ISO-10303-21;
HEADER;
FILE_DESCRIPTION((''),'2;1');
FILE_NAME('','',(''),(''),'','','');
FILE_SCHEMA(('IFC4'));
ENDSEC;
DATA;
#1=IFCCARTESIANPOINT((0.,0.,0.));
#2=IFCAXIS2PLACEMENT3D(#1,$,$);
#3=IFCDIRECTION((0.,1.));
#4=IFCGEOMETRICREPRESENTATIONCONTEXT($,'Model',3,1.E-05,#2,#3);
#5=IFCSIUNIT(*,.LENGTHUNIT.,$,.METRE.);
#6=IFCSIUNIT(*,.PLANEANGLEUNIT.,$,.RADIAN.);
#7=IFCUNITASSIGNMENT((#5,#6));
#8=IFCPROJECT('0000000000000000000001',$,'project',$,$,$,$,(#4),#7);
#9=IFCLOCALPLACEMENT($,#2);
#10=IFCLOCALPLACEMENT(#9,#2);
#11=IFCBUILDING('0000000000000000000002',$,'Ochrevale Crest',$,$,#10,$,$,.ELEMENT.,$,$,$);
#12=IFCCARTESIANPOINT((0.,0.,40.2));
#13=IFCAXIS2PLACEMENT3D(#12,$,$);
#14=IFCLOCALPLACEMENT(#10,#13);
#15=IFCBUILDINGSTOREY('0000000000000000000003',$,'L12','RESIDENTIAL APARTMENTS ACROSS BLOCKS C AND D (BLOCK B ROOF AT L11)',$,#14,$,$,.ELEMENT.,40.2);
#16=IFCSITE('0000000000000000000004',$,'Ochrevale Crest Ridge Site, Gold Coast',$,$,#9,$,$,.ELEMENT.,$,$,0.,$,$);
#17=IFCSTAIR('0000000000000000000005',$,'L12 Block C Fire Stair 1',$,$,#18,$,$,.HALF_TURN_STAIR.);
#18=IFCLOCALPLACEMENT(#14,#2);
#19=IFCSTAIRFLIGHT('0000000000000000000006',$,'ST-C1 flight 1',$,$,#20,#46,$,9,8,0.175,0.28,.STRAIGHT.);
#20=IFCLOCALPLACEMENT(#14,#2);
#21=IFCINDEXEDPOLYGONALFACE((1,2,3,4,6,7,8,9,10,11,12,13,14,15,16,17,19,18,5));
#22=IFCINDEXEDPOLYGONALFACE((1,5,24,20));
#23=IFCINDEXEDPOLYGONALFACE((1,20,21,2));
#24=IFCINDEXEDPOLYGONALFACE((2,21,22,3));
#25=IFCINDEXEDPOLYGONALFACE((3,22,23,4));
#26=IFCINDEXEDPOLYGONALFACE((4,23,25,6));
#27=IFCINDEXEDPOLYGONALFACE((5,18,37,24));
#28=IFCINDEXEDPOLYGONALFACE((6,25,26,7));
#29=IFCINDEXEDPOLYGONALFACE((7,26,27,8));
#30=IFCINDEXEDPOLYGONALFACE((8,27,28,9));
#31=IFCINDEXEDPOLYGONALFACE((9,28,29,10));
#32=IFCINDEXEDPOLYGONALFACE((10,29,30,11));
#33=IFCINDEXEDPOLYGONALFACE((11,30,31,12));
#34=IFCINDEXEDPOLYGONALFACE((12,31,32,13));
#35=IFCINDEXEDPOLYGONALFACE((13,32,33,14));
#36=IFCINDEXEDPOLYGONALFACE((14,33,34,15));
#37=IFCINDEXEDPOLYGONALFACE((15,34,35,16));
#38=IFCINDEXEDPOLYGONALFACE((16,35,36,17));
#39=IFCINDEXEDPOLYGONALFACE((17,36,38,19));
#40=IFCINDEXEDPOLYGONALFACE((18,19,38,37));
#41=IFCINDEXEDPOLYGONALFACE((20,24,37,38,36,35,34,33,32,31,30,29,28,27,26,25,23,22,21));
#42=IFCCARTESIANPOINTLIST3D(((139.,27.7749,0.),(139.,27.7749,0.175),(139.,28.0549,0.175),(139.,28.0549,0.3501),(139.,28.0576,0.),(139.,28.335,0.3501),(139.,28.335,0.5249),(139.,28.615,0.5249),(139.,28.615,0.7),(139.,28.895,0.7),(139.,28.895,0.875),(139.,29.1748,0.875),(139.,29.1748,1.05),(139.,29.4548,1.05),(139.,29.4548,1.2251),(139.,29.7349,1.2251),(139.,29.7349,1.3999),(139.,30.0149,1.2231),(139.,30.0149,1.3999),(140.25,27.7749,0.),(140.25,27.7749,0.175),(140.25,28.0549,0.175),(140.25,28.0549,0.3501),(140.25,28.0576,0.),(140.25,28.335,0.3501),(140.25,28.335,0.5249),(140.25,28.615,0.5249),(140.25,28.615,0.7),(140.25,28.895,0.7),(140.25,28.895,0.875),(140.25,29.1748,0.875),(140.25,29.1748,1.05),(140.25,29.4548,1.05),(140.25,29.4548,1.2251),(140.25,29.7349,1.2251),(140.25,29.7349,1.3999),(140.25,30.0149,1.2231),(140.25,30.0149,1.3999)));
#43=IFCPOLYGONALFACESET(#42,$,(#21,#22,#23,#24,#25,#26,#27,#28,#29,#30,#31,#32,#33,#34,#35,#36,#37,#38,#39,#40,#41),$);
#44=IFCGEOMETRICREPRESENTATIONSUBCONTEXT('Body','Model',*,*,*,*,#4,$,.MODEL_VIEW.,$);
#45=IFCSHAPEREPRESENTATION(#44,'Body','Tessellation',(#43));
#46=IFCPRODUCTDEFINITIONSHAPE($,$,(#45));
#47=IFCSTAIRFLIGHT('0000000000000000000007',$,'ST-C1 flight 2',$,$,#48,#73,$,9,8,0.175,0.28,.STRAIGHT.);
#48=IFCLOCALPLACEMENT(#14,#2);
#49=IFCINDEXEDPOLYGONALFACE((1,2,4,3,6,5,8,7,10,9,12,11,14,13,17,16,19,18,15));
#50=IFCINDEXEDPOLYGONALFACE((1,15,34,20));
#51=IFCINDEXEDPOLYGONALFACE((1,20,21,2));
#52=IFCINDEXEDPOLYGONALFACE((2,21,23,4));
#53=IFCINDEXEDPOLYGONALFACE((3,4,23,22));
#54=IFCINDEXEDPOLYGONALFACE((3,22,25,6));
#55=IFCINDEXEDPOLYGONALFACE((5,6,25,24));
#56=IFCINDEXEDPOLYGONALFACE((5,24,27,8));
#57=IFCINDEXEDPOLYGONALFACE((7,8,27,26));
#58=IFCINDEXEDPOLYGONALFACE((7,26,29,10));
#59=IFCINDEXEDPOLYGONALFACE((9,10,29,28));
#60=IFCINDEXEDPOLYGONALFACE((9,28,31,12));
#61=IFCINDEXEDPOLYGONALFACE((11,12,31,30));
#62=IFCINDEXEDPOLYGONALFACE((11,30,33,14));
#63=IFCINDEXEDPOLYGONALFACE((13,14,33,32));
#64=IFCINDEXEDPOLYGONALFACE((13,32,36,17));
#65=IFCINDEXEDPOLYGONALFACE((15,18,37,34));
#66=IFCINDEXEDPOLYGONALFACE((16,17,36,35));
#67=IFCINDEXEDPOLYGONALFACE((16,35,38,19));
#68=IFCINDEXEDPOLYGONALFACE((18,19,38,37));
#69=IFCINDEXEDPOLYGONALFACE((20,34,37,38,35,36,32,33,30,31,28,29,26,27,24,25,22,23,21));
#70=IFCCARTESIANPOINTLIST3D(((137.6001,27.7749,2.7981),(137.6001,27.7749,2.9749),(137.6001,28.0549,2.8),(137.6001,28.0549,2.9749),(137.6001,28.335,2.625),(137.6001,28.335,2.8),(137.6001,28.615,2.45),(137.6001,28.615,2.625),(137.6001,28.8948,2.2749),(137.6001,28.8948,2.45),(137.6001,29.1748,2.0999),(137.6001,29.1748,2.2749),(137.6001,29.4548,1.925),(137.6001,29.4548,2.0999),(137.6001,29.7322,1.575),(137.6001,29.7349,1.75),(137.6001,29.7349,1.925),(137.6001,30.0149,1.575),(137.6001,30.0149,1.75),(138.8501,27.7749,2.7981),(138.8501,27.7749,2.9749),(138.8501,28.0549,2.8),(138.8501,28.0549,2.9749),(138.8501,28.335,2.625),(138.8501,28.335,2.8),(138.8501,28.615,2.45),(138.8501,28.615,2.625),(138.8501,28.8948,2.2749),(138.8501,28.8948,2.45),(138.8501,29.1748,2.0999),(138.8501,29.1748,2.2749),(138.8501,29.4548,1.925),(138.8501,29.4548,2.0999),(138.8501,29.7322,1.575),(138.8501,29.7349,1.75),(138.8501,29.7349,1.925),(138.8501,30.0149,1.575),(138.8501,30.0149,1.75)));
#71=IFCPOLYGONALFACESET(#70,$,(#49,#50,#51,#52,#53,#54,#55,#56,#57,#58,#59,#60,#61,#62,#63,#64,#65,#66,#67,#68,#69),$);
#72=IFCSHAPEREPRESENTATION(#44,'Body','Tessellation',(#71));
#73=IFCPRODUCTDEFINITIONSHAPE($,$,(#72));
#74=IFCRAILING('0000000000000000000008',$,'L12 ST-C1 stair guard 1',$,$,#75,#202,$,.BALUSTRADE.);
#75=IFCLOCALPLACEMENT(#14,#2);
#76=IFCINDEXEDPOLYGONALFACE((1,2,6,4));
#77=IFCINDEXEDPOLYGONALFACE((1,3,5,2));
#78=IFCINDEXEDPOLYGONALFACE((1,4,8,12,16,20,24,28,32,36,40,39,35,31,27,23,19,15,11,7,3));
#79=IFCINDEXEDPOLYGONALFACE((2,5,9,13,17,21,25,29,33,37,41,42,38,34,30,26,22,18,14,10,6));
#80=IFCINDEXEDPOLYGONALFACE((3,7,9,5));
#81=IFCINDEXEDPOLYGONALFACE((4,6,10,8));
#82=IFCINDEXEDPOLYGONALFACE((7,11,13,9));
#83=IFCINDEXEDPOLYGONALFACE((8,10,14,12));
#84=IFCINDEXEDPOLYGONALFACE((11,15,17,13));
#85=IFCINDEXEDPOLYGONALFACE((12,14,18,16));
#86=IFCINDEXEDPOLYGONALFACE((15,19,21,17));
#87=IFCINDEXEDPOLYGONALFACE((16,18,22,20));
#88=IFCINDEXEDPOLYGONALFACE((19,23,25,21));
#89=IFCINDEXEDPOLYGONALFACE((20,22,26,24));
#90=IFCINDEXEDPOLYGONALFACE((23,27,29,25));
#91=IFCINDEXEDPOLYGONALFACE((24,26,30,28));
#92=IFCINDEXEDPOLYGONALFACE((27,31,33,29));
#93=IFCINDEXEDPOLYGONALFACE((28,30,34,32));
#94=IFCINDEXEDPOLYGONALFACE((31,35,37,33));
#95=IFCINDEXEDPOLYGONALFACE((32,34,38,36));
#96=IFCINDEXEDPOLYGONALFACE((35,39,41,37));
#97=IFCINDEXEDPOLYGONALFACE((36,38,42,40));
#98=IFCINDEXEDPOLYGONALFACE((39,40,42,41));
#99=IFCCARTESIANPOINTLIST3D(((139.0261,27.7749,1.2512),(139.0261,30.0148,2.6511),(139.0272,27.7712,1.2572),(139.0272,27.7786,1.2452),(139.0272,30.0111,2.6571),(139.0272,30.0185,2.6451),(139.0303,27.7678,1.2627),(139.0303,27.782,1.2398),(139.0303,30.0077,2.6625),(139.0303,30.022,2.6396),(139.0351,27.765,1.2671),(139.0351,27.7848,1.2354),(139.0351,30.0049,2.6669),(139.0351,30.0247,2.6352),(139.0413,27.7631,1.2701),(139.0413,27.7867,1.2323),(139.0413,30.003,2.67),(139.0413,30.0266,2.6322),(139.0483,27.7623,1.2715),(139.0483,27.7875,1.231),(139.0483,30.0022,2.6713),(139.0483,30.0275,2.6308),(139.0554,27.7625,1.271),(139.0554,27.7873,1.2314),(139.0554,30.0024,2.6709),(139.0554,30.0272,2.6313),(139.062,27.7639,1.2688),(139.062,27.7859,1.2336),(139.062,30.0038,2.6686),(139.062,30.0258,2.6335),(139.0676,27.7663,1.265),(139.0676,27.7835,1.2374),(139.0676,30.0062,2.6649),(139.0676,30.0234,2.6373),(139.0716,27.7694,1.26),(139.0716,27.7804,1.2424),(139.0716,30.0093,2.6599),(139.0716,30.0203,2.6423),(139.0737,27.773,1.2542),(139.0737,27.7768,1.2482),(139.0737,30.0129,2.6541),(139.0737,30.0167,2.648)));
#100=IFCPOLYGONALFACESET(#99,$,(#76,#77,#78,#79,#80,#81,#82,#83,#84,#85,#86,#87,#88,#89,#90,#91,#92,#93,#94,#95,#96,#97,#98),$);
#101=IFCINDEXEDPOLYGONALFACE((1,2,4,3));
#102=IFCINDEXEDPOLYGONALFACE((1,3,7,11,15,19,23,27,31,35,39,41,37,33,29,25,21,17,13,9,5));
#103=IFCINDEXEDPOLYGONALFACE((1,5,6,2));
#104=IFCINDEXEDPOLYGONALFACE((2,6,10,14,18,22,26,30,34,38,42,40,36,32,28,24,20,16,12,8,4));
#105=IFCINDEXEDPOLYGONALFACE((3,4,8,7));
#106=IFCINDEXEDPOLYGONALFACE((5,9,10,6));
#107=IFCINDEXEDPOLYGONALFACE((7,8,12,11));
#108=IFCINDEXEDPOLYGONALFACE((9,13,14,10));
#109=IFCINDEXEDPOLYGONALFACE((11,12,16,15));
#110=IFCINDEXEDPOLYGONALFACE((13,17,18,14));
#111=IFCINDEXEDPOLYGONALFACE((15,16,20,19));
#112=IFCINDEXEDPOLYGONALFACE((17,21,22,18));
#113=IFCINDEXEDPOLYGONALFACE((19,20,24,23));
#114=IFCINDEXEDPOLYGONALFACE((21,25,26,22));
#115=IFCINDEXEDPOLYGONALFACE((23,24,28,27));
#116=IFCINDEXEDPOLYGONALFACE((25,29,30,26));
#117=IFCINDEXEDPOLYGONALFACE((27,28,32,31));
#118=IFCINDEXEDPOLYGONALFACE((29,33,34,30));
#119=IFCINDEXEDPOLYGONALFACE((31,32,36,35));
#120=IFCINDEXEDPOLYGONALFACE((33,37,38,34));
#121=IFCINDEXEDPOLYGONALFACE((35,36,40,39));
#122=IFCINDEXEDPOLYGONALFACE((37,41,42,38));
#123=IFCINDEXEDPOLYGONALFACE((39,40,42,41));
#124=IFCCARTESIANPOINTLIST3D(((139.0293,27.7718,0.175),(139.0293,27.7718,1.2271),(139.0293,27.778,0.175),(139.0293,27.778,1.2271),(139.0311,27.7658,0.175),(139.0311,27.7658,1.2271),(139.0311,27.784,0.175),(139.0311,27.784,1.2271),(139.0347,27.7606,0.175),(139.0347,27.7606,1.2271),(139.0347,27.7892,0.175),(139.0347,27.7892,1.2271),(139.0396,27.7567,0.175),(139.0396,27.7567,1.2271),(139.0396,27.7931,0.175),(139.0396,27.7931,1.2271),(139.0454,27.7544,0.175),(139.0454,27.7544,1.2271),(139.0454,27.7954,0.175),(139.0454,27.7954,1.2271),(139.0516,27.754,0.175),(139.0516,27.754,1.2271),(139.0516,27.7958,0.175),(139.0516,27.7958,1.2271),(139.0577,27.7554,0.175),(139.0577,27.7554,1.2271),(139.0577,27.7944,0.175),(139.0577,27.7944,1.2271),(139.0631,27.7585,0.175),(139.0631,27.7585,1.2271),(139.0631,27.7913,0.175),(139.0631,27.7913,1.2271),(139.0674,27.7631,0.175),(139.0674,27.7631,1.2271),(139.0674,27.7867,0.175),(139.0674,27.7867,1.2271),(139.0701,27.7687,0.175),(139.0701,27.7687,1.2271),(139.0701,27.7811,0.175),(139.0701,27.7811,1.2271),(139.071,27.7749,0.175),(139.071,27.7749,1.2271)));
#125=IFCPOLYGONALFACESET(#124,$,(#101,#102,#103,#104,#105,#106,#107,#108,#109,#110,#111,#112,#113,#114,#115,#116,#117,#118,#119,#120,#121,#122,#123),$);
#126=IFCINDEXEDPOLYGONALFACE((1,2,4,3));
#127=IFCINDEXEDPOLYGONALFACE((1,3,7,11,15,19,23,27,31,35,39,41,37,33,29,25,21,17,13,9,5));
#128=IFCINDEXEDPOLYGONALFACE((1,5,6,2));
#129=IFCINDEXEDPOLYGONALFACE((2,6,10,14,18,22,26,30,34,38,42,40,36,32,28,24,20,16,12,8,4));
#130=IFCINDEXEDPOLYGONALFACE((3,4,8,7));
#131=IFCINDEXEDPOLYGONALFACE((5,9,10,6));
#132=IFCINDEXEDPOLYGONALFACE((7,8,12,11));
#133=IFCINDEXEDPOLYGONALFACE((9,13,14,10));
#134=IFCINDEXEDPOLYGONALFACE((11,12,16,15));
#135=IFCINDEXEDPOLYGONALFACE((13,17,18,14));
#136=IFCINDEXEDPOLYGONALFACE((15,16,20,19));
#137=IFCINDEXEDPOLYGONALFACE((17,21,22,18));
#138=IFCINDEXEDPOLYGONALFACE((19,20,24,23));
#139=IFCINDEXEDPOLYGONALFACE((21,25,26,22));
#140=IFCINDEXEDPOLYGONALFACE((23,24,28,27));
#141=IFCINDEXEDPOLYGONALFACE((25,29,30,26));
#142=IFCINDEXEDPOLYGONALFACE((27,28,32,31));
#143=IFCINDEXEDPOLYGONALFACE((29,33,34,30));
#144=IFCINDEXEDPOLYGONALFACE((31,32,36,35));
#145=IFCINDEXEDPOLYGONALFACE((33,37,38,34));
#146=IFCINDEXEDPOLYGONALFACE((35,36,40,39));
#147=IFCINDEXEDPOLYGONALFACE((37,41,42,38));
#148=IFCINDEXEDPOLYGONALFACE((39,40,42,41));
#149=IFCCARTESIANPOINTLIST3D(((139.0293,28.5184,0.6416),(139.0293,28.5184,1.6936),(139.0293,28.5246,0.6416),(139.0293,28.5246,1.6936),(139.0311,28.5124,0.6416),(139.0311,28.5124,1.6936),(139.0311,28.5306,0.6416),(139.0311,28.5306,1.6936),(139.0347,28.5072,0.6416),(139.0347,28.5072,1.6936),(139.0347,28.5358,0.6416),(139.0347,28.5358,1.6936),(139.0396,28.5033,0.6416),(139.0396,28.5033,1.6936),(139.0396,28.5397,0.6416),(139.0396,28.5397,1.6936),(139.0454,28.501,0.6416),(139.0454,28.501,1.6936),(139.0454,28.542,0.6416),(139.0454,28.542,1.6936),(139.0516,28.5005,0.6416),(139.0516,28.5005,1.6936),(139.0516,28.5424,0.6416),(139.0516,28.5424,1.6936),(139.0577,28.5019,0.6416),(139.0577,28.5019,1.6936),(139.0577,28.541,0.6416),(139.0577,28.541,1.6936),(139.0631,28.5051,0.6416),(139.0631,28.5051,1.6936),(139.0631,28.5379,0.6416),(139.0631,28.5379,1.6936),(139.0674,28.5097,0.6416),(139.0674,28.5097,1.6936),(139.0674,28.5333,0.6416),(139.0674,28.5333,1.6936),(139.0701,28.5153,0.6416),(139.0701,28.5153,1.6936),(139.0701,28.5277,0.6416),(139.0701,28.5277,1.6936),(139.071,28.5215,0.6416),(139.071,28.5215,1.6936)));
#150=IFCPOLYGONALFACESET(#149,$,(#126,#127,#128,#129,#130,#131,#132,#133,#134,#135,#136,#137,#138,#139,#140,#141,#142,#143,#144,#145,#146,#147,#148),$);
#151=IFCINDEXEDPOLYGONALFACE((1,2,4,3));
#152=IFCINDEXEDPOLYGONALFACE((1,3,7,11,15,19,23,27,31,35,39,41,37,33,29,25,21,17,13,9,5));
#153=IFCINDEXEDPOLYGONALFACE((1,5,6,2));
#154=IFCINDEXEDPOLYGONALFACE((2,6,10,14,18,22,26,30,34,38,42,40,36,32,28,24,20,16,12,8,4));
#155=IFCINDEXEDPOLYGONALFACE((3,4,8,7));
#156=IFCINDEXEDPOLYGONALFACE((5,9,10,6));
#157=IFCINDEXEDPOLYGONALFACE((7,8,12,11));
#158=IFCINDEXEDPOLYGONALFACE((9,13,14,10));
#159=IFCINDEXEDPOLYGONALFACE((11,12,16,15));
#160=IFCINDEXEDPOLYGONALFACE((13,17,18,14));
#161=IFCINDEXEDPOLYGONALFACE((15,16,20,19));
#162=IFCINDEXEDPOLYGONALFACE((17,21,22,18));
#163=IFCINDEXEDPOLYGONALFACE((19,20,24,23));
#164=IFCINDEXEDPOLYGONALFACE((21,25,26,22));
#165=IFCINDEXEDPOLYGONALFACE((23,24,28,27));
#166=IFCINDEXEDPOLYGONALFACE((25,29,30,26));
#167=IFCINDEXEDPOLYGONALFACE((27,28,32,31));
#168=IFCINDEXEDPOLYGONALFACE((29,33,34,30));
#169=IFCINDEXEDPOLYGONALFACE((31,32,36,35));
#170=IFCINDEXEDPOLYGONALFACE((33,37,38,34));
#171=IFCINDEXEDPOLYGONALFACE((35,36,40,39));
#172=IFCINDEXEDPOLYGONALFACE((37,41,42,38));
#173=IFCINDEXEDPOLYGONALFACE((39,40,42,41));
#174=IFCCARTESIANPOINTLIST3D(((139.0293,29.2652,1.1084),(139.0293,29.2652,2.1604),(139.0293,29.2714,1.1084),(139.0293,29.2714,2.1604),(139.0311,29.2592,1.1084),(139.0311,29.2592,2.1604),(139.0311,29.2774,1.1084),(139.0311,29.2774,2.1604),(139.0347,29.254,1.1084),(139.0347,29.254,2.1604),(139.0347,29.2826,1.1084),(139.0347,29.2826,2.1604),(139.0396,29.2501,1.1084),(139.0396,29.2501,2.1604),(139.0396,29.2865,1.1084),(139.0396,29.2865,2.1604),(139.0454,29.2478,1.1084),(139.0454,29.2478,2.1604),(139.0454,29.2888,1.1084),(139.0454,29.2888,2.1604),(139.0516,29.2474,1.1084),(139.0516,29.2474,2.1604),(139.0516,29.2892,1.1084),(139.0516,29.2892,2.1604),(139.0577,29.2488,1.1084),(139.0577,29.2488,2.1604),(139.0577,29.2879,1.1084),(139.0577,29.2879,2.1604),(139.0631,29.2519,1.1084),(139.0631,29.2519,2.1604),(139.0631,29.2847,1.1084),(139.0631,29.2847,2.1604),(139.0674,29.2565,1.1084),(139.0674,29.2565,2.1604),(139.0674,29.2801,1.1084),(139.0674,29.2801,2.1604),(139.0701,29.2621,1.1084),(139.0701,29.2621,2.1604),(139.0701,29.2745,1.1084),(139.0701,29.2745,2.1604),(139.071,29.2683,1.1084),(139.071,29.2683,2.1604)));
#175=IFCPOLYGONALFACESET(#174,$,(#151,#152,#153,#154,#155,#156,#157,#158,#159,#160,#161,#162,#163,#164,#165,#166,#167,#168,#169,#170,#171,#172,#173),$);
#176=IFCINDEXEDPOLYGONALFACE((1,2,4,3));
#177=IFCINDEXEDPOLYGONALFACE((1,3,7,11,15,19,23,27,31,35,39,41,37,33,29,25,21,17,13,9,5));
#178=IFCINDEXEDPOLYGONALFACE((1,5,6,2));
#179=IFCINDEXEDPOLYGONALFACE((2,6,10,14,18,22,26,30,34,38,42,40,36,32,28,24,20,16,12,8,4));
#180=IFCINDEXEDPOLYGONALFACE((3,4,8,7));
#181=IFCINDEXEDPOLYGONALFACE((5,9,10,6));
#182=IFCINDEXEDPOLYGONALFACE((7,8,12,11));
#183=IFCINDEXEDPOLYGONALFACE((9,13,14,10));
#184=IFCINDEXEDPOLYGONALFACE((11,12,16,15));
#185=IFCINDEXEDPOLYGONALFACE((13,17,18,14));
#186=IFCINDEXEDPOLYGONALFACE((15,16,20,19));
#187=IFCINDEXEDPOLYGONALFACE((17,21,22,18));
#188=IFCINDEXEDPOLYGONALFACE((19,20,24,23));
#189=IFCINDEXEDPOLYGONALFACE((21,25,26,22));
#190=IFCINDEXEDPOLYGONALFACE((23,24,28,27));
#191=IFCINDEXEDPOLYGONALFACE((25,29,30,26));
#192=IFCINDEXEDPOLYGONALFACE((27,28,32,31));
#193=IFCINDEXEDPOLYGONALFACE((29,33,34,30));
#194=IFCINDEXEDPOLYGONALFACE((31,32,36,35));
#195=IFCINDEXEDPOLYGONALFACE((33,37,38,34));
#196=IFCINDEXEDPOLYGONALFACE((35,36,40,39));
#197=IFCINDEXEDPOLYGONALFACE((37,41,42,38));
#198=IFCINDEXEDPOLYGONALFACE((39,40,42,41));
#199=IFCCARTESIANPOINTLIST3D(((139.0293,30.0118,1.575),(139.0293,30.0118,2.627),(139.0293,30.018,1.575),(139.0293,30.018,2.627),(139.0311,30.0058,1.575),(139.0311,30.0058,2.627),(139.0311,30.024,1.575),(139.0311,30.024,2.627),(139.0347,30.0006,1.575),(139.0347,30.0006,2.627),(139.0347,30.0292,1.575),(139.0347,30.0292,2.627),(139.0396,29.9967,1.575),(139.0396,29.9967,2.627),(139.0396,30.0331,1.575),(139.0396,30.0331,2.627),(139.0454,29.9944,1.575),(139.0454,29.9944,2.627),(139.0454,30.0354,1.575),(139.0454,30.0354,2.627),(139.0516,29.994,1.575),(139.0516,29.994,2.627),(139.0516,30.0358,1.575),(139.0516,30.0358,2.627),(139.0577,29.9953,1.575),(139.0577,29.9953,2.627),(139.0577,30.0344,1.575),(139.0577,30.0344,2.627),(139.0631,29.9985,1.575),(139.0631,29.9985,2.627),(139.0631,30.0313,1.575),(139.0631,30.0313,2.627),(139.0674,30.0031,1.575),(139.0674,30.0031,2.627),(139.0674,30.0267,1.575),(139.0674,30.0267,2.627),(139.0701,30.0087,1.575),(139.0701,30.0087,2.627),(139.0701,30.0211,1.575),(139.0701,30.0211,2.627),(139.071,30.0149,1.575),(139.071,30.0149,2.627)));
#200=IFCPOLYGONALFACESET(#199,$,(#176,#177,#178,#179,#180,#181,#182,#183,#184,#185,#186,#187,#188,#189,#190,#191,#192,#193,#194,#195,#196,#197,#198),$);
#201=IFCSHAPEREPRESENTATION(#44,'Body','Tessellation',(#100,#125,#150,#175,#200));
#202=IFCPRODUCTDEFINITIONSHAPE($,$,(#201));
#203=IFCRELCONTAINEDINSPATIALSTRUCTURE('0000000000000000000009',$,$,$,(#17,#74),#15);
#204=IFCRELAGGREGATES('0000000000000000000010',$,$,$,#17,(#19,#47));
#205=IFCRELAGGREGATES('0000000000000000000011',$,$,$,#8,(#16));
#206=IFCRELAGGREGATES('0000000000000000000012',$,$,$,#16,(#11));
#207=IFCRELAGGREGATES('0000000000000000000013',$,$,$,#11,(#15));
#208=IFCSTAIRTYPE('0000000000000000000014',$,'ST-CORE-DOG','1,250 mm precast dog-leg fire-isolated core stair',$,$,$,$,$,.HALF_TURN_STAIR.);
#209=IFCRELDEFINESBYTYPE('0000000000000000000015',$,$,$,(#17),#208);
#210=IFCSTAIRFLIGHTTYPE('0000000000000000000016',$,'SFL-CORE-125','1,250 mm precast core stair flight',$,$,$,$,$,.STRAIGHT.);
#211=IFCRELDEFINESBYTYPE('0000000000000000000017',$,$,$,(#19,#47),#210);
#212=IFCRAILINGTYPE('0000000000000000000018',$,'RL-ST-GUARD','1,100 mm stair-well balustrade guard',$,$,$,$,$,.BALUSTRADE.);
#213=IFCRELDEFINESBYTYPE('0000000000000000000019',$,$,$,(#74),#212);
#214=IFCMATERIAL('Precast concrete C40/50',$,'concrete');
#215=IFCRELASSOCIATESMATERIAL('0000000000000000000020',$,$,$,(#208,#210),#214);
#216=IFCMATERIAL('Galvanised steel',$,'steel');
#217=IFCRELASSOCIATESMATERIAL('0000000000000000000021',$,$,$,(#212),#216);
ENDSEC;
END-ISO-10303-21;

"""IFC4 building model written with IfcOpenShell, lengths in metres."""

from ifc_helpers import new_model, si_unit, direction, frame, origin, origin_2d, place, context, subcontext, project, spatial, polyline, circle, outline, extrude, material, type_object, element, aggregate, save


model = new_model("IFC4")

# Units and contexts
model_context = context("Model", 3, precision=1e-05, world=origin(), true_north=direction((0.0, 1.0)))
body_context = subcontext(model_context, "Body", "Model", "MODEL_VIEW")
ifc_project = project(units=[si_unit("LENGTHUNIT", "METRE"), si_unit("PLANEANGLEUNIT", "RADIAN")], contexts=[model_context])

# Site, building, storey
site_placement = place(None, origin())
site = spatial("IfcSite", under=ifc_project, at=site_placement, Name="Ochrevale Crest Ridge Site, Gold Coast", CompositionType="ELEMENT", RefElevation=0.0)
building_placement = place(site_placement, origin())
building = spatial("IfcBuilding", under=site, at=building_placement, Name="Ochrevale Crest", CompositionType="ELEMENT")
storey_placement = place(building_placement, frame((0.0, 0.0, 40.2)))
storey = spatial("IfcBuildingStorey", under=building, at=storey_placement, Name="L12", Description="RESIDENTIAL APARTMENTS ACROSS BLOCKS C AND D (BLOCK B ROOF AT L11)", CompositionType="ELEMENT", Elevation=40.2)

# Stair, stair flights
ifc_material_1 = material(Name="Precast concrete C40/50", Category="concrete")
stair_type = type_object("IfcStairType", Name="ST-CORE-DOG", Description="1,250 mm precast dog-leg fire-isolated core stair", PredefinedType="HALF_TURN_STAIR", material=ifc_material_1)
stair_placement = place(storey_placement, origin())
stair = element("IfcStair", 1, at=stair_placement, inside=storey, type_object=stair_type, Name="L12 Block C Fire Stair 1", PredefinedType="HALF_TURN_STAIR")
stair_flight_type = type_object("IfcStairFlightType", Name="SFL-CORE-125", Description="1,250 mm precast core stair flight", PredefinedType="STRAIGHT", material=ifc_material_1)
stair_flight_1_placement = place(storey_placement, frame((139.625, 27.7749, 0.0), z_axis=(0.0, 0.0, 1.0), x_axis=(0.0, 1.0, 0.0)))
stair_flight_1 = element("IfcStairFlight", 2, at=stair_flight_1_placement, type_object=stair_flight_type, Name="ST-C1 flight 1", NumberOfRisers=9, NumberOfTreads=8, PredefinedType="STRAIGHT", RiserHeight=0.175, TreadLength=0.28, context=body_context, shape_type="SweptSolid", body=[
    extrude(outline(polyline([(0.0, 0.0), (0.0, 0.175), (0.28, 0.175), (0.28, 0.3501), (0.5601, 0.3501), (0.5601, 0.5249), (0.8401, 0.5249), (0.8401, 0.7), (1.1201, 0.7), (1.1201, 0.875), (1.3999, 0.875), (1.3999, 1.05), (1.6799, 1.05), (1.6799, 1.2251), (1.96, 1.2251), (1.96, 1.3999), (2.24, 1.3999), (2.24, 1.575), (2.24, 1.2231), (0.2827, 0.0), (0.0, 0.0)])), frame((0.0, 0.625, 0.0), z_axis=(0.0, -1.0, 0.0), x_axis=(1.0, 0.0, 0.0)), (0.0, 0.0, 1.0), 1.25),
])
stair_flight_2_placement = place(storey_placement, frame((138.2251, 30.0149, 1.575), z_axis=(0.0, 0.0, 1.0), x_axis=(0.0, -1.0, 0.0)))
stair_flight_2 = element("IfcStairFlight", 3, at=stair_flight_2_placement, type_object=stair_flight_type, Name="ST-C1 flight 2", NumberOfRisers=9, NumberOfTreads=8, PredefinedType="STRAIGHT", RiserHeight=0.175, TreadLength=0.28, context=body_context, shape_type="SweptSolid", body=[
    extrude(outline(polyline([(0.0, 0.0), (0.0, 0.175), (0.28, 0.175), (0.28, 0.3501), (0.5601, 0.3501), (0.5601, 0.5249), (0.8401, 0.5249), (0.8401, 0.7), (1.1201, 0.7), (1.1201, 0.875), (1.3999, 0.875), (1.3999, 1.05), (1.6799, 1.05), (1.6799, 1.2251), (1.96, 1.2251), (1.96, 1.3999), (2.24, 1.3999), (2.24, 1.575), (2.24, 1.2231), (0.2827, 0.0), (0.0, 0.0)])), frame((0.0, 0.625, 0.0), z_axis=(0.0, -1.0, 0.0), x_axis=(1.0, 0.0, 0.0)), (0.0, 0.0, 1.0), 1.25),
])
aggregate(stair, [stair_flight_1, stair_flight_2])

# Railing
ifc_material_2 = material(Name="Galvanised steel", Category="steel")
railing_type_1 = type_object("IfcRailingType", Name="RL-ST-GUARD", Description="1,100 mm stair-well balustrade guard", PredefinedType="BALUSTRADE", material=ifc_material_2)
railing_1_placement = place(storey_placement, frame((139.05, 27.7749, 0.175)))
element("IfcRailing", 4, at=railing_1_placement, inside=storey, type_object=railing_type_1, Name="L12 ST-C1 stair guard 1", PredefinedType="BALUSTRADE", context=body_context, shape_type="SweptSolid", body=[
    extrude(circle(Radius=0.0239, at=origin_2d()), frame((0.0, 0.0, 1.0762), z_axis=(0.0, 0.848014, 0.529974), x_axis=(-1.0, 0.0, 0.0)), (0.0, 0.0, 1.0), 2.6414),
    extrude(circle(Radius=0.021, at=origin_2d()), origin(), (0.0, 0.0, 1.0), 1.052),
    extrude(circle(Radius=0.021, at=origin_2d()), frame((0.0, 0.7466, 0.4666)), (0.0, 0.0, 1.0), 1.052),
    extrude(circle(Radius=0.021, at=origin_2d()), frame((0.0, 1.4934, 0.9333)), (0.0, 0.0, 1.0), 1.052),
    extrude(circle(Radius=0.021, at=origin_2d()), frame((0.0, 2.24, 1.3999)), (0.0, 0.0, 1.0), 1.052),
])

save(model, "model.ifc")
